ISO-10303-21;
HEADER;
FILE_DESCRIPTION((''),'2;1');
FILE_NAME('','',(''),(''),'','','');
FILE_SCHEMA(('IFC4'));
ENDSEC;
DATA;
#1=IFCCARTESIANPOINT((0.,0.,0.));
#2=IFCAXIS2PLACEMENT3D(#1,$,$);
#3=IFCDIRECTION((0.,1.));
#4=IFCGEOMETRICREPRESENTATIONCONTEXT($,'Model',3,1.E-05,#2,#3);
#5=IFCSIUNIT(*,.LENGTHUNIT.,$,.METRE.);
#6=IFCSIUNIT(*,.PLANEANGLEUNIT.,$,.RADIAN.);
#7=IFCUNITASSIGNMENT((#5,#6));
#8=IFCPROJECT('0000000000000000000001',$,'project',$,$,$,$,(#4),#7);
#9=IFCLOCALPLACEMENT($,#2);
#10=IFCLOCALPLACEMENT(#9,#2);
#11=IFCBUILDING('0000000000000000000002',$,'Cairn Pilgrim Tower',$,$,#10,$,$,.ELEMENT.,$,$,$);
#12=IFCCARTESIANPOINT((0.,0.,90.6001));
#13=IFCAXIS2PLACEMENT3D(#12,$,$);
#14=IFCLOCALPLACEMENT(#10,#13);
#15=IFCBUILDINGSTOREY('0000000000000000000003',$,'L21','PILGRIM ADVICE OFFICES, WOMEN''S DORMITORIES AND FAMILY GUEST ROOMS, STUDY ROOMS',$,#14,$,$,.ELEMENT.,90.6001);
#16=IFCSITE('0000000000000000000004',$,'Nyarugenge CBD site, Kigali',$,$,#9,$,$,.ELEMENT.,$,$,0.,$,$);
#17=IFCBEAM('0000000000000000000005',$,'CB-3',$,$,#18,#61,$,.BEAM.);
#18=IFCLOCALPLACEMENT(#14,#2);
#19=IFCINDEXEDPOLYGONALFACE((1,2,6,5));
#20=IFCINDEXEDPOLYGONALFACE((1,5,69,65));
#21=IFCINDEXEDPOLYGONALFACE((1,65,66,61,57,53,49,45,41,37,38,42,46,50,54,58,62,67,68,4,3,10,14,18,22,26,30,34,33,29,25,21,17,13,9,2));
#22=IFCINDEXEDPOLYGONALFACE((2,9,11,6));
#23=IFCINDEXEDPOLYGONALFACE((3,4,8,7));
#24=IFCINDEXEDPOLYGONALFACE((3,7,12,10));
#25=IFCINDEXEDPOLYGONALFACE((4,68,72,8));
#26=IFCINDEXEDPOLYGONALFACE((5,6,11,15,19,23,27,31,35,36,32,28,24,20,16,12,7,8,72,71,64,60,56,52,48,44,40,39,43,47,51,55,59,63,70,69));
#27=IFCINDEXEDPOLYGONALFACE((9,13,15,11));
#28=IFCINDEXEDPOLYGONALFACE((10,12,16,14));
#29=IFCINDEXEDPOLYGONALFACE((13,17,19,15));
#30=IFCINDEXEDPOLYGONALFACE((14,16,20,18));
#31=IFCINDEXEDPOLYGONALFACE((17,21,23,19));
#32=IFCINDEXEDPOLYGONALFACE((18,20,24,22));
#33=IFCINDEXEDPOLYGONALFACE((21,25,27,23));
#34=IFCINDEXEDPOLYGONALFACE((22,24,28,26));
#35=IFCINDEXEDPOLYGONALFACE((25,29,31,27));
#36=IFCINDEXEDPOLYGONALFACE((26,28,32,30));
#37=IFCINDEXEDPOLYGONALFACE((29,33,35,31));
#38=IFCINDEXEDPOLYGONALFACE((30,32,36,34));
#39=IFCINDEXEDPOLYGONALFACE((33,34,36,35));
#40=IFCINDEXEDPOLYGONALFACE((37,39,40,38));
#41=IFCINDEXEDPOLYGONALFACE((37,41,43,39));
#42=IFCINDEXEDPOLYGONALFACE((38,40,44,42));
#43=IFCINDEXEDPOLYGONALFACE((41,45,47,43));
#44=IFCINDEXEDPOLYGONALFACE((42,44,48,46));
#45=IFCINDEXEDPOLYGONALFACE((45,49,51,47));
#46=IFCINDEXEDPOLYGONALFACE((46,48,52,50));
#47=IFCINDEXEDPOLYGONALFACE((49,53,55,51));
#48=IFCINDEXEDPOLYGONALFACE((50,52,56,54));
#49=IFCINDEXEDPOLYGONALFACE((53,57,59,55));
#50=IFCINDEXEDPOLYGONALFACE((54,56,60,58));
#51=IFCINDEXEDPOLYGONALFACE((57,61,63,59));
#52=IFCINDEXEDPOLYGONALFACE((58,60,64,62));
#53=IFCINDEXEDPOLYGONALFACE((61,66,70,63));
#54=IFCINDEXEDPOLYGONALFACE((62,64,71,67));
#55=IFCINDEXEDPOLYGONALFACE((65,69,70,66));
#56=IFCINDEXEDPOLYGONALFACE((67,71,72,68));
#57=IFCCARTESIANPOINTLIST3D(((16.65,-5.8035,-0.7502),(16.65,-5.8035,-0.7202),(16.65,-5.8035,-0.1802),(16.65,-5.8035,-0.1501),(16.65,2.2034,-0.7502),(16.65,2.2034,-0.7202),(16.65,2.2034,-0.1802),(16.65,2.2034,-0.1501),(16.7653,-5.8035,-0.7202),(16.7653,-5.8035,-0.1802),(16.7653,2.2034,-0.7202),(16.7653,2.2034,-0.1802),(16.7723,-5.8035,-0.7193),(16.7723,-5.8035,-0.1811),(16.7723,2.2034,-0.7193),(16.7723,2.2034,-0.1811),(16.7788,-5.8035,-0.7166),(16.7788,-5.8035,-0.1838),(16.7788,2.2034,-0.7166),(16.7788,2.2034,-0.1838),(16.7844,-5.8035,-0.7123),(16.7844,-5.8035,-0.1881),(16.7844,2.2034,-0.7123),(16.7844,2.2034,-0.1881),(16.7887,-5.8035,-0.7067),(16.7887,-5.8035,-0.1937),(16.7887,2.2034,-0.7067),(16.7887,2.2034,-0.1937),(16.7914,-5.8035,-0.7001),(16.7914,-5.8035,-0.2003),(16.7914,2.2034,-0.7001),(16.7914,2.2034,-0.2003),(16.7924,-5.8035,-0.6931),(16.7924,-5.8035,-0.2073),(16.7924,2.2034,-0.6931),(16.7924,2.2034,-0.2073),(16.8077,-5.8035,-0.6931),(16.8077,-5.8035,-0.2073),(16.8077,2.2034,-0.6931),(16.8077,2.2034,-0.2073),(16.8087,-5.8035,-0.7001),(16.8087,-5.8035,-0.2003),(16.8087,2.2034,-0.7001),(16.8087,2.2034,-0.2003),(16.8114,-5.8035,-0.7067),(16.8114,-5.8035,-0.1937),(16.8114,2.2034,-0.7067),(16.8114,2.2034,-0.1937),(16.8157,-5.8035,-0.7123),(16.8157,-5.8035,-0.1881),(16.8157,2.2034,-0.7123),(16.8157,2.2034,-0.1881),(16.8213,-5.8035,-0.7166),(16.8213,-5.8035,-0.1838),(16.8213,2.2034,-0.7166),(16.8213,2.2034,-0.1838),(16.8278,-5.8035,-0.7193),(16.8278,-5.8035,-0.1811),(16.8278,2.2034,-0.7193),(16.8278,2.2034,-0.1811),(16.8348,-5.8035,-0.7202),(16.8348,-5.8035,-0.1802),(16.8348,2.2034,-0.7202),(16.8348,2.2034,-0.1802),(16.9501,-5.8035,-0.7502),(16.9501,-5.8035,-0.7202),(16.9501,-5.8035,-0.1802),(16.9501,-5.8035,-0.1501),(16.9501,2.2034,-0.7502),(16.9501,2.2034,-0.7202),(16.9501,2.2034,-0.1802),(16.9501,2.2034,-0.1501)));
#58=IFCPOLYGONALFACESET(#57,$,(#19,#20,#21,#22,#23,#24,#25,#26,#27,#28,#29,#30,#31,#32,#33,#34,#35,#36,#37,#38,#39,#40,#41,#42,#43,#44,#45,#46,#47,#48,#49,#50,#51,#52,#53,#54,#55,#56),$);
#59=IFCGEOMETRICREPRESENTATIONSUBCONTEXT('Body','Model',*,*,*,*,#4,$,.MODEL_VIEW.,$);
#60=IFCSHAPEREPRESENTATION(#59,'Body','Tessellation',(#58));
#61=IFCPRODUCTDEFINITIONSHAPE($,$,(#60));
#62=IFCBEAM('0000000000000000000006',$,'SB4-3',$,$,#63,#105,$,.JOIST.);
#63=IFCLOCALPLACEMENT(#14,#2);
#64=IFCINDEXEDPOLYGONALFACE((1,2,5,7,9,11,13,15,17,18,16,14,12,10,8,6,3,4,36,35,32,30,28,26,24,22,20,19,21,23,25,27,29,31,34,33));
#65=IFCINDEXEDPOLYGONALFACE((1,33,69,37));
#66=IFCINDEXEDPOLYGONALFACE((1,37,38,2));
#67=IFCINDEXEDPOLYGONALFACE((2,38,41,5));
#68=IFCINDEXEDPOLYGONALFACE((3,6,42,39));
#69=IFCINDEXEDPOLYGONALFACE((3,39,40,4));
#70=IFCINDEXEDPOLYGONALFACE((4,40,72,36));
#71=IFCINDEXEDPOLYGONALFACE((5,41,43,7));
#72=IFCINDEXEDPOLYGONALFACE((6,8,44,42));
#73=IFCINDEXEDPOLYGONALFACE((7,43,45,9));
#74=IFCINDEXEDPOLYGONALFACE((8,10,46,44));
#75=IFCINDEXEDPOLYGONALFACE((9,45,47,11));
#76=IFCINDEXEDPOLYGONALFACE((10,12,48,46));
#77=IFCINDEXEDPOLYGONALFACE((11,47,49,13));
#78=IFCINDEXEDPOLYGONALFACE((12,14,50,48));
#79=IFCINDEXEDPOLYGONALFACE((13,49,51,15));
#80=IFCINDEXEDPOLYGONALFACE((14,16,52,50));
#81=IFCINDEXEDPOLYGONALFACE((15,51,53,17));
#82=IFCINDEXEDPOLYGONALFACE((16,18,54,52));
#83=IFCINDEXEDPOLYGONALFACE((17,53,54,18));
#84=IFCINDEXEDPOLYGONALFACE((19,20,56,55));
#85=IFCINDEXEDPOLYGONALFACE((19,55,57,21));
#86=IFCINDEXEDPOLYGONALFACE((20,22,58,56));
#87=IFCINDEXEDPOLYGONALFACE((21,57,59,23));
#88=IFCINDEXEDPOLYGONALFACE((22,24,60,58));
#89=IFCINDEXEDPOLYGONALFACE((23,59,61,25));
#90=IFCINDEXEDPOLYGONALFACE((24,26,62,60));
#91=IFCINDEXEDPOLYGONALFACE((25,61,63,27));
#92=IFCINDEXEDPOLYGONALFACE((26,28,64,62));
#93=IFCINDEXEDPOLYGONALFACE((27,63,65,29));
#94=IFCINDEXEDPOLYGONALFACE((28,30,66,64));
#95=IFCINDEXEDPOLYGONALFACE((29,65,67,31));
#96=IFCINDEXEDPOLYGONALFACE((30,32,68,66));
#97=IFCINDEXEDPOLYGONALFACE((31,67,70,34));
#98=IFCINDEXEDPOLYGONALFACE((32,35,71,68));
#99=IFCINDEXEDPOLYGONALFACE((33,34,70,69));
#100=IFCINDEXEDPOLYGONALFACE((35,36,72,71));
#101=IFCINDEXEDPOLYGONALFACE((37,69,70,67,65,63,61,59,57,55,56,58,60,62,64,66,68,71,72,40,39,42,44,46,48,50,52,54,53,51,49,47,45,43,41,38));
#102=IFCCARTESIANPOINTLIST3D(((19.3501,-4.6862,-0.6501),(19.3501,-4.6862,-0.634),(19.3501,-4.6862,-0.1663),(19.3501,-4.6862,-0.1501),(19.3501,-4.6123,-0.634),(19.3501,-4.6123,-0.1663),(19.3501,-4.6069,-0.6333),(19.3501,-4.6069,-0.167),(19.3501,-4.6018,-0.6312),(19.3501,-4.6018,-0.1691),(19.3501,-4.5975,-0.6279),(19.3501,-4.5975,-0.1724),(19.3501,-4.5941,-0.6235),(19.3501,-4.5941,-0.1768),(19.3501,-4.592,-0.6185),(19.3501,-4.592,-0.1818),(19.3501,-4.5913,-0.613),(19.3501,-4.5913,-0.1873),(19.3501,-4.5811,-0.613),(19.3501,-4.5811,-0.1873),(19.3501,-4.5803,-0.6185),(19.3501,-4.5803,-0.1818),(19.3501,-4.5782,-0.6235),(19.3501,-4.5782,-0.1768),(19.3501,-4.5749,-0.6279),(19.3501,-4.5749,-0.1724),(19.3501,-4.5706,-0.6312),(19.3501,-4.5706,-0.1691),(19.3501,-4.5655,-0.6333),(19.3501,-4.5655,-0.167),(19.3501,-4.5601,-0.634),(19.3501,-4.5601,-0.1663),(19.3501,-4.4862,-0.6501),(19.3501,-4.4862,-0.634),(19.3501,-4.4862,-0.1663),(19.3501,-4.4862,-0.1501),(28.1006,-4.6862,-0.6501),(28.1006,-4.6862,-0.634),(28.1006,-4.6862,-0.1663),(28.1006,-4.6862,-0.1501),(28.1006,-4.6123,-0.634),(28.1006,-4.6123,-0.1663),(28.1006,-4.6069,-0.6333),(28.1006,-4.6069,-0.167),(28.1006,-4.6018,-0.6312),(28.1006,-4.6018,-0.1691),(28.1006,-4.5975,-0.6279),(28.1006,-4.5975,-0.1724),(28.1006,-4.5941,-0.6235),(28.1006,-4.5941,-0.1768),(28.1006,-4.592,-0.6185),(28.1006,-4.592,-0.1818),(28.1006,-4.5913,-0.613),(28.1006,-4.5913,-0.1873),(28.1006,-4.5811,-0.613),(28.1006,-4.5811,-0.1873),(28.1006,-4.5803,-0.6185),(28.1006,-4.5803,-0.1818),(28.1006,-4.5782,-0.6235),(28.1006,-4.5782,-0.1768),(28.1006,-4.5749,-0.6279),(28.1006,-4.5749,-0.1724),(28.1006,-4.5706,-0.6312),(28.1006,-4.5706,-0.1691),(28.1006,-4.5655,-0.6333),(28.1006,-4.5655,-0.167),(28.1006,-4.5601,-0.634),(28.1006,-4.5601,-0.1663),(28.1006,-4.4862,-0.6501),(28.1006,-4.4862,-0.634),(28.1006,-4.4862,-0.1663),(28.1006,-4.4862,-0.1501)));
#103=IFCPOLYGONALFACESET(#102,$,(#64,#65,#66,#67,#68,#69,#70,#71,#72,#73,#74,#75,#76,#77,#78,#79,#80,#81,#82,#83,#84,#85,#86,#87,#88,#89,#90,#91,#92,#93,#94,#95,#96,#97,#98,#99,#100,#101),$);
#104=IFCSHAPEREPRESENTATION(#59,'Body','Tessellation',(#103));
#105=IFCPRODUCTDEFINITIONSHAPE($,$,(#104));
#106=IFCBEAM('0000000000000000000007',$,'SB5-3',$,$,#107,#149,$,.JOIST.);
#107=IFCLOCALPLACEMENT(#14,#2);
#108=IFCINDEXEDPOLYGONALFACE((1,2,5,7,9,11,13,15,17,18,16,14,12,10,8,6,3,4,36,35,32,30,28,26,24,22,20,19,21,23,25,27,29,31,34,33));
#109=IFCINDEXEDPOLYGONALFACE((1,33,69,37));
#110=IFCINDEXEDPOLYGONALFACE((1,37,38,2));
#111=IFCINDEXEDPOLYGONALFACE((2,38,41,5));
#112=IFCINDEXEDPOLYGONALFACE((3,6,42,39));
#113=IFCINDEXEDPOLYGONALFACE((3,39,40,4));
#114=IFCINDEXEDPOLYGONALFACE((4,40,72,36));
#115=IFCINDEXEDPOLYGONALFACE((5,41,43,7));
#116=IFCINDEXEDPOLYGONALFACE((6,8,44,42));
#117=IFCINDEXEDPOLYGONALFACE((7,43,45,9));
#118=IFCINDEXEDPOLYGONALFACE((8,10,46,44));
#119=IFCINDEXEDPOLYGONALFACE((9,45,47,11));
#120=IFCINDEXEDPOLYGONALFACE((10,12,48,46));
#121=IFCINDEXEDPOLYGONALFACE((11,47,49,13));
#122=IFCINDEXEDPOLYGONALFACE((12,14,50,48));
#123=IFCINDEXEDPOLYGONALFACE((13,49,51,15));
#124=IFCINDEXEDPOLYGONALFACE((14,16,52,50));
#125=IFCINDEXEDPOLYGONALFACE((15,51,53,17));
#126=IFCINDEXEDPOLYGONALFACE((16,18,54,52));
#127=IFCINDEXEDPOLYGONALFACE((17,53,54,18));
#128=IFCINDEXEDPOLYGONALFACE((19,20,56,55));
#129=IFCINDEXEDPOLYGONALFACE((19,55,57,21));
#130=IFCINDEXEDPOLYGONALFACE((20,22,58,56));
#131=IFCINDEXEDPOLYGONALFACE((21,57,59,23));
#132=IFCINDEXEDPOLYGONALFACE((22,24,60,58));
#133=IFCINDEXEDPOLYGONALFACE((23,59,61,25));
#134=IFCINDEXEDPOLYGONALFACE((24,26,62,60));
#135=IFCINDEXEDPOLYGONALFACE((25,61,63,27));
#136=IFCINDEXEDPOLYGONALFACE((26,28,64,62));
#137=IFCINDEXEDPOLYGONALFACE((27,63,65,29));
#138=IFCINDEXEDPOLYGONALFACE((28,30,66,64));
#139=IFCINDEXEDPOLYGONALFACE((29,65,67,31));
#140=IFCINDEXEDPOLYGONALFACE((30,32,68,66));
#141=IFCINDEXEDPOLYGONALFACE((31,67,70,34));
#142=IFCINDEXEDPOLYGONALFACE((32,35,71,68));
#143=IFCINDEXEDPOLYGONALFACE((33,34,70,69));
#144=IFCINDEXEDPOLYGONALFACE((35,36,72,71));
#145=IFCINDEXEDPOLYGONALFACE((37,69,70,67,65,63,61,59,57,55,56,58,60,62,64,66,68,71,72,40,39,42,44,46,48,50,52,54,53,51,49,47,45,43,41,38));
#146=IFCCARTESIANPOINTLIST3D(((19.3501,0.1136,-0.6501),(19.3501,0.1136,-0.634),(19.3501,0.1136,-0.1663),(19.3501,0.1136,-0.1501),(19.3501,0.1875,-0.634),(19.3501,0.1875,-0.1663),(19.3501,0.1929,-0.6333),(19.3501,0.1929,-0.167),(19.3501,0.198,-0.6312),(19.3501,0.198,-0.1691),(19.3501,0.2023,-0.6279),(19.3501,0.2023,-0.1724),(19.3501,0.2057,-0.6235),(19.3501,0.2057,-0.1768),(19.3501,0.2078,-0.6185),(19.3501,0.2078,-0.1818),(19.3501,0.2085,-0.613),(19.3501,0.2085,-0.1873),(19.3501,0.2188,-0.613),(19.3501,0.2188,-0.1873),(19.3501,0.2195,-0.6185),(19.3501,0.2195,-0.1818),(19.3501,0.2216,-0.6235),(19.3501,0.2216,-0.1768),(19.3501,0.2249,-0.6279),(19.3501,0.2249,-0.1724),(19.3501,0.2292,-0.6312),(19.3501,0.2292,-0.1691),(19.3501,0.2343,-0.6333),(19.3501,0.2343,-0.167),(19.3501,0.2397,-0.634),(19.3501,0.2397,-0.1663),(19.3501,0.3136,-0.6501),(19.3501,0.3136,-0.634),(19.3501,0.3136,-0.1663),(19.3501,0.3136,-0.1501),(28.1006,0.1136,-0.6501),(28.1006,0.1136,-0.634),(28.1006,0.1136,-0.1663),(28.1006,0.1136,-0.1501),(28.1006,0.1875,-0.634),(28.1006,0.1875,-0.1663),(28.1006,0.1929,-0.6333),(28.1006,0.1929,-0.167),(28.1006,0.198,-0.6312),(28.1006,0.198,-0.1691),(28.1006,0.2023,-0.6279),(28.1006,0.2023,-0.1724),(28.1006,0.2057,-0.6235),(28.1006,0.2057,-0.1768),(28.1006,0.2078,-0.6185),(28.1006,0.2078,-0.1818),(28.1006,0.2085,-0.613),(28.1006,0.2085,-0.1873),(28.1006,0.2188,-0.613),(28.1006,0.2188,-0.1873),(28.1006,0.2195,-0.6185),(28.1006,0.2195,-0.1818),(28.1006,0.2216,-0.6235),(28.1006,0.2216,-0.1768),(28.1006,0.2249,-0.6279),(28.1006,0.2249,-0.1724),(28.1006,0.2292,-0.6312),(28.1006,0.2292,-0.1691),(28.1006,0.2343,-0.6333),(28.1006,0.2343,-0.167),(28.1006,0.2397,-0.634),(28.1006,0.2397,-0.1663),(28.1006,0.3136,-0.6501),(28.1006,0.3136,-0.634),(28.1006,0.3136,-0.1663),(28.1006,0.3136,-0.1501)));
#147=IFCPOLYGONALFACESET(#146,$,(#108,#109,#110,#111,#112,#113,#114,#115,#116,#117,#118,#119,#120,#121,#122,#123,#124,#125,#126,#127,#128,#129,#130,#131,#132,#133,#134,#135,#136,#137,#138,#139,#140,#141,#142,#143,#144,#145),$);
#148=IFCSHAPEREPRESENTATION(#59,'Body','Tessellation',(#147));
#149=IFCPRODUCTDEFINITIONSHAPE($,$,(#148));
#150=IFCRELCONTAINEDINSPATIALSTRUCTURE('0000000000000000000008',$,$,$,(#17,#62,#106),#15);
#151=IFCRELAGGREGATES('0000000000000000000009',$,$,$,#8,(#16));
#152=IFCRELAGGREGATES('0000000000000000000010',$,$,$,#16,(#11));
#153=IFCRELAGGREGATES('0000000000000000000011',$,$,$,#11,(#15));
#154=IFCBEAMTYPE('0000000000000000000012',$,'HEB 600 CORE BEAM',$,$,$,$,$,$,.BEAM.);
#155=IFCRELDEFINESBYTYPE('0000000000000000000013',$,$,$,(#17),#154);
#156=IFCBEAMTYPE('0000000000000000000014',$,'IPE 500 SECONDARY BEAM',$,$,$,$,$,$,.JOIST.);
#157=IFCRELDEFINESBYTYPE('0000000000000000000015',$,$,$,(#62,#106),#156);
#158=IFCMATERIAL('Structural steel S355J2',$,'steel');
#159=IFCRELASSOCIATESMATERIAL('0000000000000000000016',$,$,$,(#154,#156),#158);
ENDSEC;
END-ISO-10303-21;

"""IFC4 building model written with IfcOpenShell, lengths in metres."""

from ifc_helpers import new_model, si_unit, direction, frame, origin, origin_2d, place, context, subcontext, project, spatial, i_section, extrude, material, material_profile, profile_set, type_object, element, save


model = new_model("IFC4")

# Units and contexts
model_context = context("Model", 3, precision=1e-05, world=origin(), true_north=direction((0.0, 1.0)))
body_context = subcontext(model_context, "Body", "Model", "MODEL_VIEW")
ifc_project = project(units=[si_unit("LENGTHUNIT", "METRE"), si_unit("PLANEANGLEUNIT", "RADIAN")], contexts=[model_context])

# Site, building, storey
site_placement = place(None, origin())
site = spatial("IfcSite", under=ifc_project, at=site_placement, Name="Nyarugenge CBD site, Kigali", CompositionType="ELEMENT", RefElevation=0.0)
building_placement = place(site_placement, origin())
building = spatial("IfcBuilding", under=site, at=building_placement, Name="Cairn Pilgrim Tower", CompositionType="ELEMENT")
storey_placement = place(building_placement, frame((0.0, 0.0, 90.6001)))
storey = spatial("IfcBuildingStorey", under=building, at=storey_placement, Name="L21", Description="PILGRIM ADVICE OFFICES, WOMEN'S DORMITORIES AND FAMILY GUEST ROOMS, STUDY ROOMS", CompositionType="ELEMENT", Elevation=90.6001)

# Beams
ifc_material_1 = material(Name="Structural steel S355J2", Category="steel")
ifc_material_profile_1 = material_profile(ifc_material_1, i_section(OverallWidth=0.3, OverallDepth=0.6001, WebThickness=0.0154, FlangeThickness=0.03, FilletRadius=0.0271, at=origin_2d()), Name="HEB 600")
ifc_profile_set_1 = profile_set([ifc_material_profile_1], Name="Structural steel S355J2")
beam_type_1 = type_object("IfcBeamType", Name="HEB 600 CORE BEAM", PredefinedType="BEAM", material=ifc_profile_set_1)
beam_1_placement = place(storey_placement, frame((16.8, -5.8035, -0.4502), z_axis=(0.0, 1.0, 0.0), x_axis=(-1.0, 0.0, 0.0)))
element("IfcBeam", 1, at=beam_1_placement, inside=storey, type_object=beam_type_1, Name="CB-3", PredefinedType="BEAM", context=body_context, shape_type="SweptSolid", body=[
    extrude(i_section(OverallWidth=0.3, OverallDepth=0.6001, WebThickness=0.0154, FlangeThickness=0.03, FilletRadius=0.0271, at=origin_2d()), origin(), (0.0, 0.0, 1.0), 8.0068),
])
ifc_material_profile_2 = material_profile(ifc_material_1, i_section(OverallWidth=0.2, OverallDepth=0.5, WebThickness=0.0103, FlangeThickness=0.0161, FilletRadius=0.021, at=origin_2d()), Name="IPE 500")
ifc_profile_set_2 = profile_set([ifc_material_profile_2], Name="Structural steel S355J2")
beam_type_2 = type_object("IfcBeamType", Name="IPE 500 SECONDARY BEAM", PredefinedType="JOIST", material=ifc_profile_set_2)
for number, where, z_axis, x_axis, name in (
    (2, (19.3501, -4.5862, -0.4001), (1.0, 0.0, 0.0), (0.0, 1.0, 0.0), "SB4-3"),
    (3, (19.3501, 0.2136, -0.4001), (1.0, 0.0, 0.0), (0.0, 1.0, 0.0), "SB5-3"),
):
    element("IfcBeam", number, at=place(storey_placement, frame(where, z_axis=z_axis, x_axis=x_axis)), inside=storey, type_object=beam_type_2, Name=name, PredefinedType="JOIST", context=body_context, shape_type="SweptSolid", body=[
        extrude(i_section(OverallWidth=0.2, OverallDepth=0.5, WebThickness=0.0103, FlangeThickness=0.0161, FilletRadius=0.021, at=origin_2d()), origin(), (0.0, 0.0, 1.0), 8.7505),
    ])

save(model, "model.ifc")
